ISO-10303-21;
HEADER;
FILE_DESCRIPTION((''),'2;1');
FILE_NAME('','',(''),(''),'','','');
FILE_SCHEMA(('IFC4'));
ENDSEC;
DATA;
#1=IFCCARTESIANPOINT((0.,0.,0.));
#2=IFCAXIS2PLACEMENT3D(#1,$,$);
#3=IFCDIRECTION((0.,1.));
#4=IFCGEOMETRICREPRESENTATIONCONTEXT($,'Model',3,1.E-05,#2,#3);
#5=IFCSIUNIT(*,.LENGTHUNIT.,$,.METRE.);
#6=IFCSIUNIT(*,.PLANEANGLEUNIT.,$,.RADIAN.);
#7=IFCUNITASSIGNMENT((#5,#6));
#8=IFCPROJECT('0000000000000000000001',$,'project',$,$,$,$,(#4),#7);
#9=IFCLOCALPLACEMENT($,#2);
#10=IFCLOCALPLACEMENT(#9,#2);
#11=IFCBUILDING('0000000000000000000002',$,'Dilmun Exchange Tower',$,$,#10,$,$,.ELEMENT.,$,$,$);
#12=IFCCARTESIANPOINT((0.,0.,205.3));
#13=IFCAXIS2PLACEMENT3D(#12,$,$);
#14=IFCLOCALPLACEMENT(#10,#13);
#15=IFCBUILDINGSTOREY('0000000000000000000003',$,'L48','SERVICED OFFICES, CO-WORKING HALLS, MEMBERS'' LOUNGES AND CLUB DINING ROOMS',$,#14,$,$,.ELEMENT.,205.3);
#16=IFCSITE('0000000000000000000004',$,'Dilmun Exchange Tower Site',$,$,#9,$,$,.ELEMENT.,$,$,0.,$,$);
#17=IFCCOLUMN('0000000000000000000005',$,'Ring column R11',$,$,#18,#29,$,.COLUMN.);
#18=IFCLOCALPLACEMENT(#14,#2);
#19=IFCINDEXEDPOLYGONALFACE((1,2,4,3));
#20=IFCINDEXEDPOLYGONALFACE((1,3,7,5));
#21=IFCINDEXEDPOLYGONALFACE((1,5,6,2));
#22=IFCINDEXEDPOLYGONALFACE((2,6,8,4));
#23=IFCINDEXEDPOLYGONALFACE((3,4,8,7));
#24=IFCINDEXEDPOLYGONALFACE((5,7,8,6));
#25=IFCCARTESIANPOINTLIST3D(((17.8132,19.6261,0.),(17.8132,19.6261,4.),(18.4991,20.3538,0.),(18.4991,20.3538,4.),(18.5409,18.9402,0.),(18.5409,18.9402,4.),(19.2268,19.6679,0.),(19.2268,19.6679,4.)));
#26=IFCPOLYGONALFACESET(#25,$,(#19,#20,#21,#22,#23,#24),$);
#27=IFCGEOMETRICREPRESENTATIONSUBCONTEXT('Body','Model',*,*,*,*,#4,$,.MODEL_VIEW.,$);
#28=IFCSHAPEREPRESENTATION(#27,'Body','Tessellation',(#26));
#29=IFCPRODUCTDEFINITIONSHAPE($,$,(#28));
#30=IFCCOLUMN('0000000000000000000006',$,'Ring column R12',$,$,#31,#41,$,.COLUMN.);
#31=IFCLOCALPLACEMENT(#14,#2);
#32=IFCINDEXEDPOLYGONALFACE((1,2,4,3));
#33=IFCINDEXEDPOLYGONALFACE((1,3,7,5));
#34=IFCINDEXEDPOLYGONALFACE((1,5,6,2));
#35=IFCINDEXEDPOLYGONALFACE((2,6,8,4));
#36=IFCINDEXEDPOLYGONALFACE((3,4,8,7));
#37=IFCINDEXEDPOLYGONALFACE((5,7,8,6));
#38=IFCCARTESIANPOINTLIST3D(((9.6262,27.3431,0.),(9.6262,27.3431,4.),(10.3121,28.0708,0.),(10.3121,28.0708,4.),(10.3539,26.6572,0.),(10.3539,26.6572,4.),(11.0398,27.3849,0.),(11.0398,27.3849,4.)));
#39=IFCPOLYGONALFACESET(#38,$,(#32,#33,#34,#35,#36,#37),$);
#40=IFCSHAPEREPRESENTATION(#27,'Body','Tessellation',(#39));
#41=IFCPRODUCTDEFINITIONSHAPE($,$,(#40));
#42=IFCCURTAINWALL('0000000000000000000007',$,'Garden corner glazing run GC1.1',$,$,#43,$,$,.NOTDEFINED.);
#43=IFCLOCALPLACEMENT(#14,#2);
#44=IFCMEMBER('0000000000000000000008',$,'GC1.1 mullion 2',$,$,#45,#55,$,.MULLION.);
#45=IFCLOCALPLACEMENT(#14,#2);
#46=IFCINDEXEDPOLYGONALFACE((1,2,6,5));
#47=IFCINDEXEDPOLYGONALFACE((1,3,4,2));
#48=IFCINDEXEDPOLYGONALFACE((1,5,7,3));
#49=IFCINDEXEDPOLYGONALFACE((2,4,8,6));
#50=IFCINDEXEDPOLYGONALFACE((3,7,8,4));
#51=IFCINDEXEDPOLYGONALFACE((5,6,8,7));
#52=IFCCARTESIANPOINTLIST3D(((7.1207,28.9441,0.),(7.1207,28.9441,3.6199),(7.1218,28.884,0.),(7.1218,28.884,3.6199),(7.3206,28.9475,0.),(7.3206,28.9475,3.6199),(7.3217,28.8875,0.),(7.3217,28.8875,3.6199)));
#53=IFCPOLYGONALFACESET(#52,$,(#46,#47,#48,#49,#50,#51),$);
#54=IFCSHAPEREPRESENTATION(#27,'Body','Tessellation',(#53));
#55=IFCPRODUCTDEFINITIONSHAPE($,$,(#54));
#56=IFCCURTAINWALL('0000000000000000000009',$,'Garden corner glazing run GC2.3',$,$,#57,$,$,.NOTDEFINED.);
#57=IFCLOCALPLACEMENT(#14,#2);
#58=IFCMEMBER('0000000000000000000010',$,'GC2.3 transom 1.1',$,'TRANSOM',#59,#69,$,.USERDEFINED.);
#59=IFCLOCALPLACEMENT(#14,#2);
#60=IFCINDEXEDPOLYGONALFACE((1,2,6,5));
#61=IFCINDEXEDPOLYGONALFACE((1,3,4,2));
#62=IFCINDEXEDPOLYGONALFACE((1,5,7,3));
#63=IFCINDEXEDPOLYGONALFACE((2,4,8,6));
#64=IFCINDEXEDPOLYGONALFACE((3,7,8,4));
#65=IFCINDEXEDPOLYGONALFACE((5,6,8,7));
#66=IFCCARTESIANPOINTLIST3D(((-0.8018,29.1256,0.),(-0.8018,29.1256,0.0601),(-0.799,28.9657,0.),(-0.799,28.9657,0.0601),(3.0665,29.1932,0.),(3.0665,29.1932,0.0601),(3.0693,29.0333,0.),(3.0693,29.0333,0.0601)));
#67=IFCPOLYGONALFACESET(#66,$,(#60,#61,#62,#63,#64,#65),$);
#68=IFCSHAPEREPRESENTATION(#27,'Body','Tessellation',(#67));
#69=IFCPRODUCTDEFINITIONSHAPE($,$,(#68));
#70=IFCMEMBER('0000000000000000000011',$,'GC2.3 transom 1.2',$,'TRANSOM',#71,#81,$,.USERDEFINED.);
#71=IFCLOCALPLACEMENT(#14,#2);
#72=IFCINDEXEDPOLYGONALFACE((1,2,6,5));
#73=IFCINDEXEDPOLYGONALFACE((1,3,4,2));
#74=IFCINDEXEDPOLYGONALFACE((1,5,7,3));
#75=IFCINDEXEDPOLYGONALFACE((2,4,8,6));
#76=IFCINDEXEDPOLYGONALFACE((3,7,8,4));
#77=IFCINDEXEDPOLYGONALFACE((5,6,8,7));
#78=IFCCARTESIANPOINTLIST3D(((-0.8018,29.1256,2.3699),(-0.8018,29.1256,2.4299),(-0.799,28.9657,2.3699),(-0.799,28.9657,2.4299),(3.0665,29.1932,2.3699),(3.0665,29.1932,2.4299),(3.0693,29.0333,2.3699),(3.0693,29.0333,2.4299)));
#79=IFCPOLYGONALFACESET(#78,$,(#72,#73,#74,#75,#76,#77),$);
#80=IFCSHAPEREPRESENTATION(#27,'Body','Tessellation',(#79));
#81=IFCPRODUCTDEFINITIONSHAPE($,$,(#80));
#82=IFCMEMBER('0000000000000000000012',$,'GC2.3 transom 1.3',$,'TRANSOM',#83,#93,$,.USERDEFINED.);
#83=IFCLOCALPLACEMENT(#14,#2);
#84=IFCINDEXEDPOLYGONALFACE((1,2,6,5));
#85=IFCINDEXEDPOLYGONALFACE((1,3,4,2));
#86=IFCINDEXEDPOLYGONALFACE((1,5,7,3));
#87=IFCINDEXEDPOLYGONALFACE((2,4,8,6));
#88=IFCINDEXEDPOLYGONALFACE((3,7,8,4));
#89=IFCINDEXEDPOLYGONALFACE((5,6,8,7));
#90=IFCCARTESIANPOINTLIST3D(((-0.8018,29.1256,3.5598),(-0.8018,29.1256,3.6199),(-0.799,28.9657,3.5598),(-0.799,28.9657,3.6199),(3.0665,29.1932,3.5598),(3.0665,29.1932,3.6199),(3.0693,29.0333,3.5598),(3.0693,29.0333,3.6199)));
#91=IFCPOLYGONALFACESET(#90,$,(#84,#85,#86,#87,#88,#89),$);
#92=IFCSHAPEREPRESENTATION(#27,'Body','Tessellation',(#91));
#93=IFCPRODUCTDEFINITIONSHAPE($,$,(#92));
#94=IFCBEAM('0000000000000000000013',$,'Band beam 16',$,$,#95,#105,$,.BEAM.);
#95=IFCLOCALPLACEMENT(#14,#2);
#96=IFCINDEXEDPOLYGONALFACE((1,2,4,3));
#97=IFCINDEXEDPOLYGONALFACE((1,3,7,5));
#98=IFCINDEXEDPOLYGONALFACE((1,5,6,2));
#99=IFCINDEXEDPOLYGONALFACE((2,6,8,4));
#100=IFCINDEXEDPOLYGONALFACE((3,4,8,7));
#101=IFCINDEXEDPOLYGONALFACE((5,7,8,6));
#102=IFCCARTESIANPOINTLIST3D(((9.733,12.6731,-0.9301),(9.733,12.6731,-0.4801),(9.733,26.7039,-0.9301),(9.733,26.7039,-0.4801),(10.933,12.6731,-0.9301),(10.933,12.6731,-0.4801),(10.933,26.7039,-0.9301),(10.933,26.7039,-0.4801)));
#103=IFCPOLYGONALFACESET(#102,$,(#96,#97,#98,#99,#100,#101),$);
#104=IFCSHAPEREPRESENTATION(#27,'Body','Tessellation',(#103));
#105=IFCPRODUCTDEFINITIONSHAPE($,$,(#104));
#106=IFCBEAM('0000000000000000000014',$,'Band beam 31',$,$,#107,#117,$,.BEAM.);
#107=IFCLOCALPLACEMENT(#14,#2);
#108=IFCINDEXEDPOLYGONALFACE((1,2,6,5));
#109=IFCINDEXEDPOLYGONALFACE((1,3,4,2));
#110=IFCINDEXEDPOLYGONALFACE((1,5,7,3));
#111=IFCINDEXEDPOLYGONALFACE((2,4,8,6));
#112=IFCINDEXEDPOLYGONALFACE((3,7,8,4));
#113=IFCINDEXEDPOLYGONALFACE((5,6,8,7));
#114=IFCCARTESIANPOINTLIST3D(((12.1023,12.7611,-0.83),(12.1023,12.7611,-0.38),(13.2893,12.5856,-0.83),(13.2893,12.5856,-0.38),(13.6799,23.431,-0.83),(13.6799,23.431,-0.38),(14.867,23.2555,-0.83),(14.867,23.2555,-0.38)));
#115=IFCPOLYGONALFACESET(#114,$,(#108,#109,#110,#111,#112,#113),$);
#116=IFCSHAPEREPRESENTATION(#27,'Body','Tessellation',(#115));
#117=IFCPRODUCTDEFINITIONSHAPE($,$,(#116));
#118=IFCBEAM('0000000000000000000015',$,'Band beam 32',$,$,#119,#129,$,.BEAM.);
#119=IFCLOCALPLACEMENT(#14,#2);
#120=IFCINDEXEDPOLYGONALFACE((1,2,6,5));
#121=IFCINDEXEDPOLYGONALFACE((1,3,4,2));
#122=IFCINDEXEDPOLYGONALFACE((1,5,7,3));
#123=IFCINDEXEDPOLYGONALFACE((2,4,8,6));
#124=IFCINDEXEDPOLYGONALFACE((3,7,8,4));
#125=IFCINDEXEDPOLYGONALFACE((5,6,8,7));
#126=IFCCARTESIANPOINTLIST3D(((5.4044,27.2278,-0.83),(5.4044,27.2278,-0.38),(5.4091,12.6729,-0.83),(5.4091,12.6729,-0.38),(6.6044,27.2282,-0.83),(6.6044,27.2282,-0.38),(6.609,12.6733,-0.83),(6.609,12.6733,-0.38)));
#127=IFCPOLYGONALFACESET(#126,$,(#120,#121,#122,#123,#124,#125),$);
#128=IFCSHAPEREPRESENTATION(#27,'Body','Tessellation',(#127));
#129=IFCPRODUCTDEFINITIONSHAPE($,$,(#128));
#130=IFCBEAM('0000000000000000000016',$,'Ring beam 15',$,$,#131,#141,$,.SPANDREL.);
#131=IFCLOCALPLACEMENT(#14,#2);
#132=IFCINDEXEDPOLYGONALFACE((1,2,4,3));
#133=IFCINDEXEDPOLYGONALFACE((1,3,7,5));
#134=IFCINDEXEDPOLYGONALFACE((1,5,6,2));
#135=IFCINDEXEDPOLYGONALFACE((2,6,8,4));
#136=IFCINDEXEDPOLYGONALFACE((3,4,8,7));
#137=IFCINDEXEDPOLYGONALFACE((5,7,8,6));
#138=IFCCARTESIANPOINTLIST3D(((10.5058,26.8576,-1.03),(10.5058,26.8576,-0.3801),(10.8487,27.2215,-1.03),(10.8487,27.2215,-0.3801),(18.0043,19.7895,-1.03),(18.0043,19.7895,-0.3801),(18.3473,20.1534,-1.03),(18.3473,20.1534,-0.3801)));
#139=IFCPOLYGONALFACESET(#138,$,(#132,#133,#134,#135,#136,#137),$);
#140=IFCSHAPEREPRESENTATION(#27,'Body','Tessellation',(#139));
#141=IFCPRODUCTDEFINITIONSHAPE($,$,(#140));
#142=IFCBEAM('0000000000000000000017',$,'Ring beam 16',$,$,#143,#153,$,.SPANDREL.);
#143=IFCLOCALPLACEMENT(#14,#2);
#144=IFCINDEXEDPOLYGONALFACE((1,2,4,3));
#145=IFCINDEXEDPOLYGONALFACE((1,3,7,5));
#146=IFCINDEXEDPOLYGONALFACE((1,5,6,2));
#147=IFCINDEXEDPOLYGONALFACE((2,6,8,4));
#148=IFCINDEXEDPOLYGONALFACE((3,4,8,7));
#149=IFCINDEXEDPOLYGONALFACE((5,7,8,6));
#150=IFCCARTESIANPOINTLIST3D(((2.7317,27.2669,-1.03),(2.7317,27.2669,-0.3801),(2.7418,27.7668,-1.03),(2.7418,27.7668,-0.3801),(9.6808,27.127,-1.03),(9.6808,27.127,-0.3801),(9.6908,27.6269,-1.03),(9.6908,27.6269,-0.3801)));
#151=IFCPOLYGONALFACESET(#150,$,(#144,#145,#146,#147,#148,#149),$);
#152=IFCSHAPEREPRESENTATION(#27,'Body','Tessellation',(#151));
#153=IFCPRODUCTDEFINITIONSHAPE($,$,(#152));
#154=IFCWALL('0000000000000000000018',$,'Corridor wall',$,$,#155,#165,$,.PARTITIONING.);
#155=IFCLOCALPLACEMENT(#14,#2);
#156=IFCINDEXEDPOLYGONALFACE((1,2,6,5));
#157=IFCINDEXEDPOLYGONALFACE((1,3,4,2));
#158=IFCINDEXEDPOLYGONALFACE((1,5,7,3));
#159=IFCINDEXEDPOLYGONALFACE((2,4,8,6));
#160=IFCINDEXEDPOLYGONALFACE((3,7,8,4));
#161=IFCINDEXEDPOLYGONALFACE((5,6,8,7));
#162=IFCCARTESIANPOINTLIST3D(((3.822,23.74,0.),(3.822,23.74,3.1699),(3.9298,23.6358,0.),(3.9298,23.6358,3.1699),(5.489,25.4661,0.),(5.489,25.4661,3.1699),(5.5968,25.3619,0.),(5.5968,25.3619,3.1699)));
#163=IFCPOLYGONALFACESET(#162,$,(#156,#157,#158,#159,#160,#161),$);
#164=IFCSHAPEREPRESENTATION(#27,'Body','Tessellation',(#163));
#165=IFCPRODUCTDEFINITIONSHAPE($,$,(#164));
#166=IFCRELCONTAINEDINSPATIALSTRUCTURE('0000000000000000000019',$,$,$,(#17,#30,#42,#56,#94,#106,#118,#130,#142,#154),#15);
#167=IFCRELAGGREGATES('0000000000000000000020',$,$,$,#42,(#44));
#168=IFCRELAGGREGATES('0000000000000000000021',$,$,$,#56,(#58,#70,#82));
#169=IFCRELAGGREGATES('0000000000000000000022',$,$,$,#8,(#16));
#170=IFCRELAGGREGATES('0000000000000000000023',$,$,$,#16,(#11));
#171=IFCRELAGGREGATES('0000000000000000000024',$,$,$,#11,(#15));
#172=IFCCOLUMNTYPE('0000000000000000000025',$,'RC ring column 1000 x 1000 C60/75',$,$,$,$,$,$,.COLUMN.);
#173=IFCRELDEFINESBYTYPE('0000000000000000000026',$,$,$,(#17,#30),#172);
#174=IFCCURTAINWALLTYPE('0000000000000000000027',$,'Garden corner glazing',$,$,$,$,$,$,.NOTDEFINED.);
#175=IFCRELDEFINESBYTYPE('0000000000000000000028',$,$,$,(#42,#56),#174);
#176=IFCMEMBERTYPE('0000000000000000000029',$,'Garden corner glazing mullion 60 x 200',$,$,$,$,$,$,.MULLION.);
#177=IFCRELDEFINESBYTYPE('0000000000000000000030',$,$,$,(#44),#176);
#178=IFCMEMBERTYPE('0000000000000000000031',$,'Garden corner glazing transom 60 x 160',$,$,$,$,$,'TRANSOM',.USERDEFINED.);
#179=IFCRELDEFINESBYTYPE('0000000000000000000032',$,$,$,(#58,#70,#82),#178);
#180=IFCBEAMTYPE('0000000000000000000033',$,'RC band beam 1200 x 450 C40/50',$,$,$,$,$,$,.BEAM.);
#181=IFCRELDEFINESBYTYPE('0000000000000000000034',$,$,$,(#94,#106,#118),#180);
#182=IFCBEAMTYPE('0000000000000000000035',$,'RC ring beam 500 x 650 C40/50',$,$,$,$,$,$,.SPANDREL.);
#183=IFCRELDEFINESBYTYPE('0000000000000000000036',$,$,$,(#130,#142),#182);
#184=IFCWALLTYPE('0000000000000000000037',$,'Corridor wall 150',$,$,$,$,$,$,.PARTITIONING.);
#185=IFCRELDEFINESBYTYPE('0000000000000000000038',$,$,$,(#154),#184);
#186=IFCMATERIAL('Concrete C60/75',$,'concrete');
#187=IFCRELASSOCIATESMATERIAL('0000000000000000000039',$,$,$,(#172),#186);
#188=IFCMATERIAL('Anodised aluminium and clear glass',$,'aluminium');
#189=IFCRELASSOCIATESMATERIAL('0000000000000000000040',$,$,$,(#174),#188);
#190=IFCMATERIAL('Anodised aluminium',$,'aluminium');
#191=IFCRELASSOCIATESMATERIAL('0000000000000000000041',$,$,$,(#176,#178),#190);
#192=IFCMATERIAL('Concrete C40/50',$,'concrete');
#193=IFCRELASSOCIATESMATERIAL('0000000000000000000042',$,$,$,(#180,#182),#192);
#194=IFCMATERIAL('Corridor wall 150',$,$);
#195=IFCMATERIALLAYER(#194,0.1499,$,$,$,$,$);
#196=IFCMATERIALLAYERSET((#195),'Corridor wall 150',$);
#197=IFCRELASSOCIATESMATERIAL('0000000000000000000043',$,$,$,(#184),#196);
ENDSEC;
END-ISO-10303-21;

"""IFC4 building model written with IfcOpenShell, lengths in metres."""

from ifc_helpers import new_model, si_unit, direction, frame, frame_2d, origin, origin_2d, place, context, subcontext, project, spatial, rectangle, extrude, material, layer, layer_set, material_profile, profile_set, type_object, element, aggregate, save


model = new_model("IFC4")

# Units and contexts
model_context = context("Model", 3, precision=1e-05, world=origin(), true_north=direction((0.0, 1.0)))
body_context = subcontext(model_context, "Body", "Model", "MODEL_VIEW")
ifc_project = project(units=[si_unit("LENGTHUNIT", "METRE"), si_unit("PLANEANGLEUNIT", "RADIAN")], contexts=[model_context])

# Site, building, storey
site_placement = place(None, origin())
site = spatial("IfcSite", under=ifc_project, at=site_placement, Name="Dilmun Exchange Tower Site", CompositionType="ELEMENT", RefElevation=0.0)
building_placement = place(site_placement, origin())
building = spatial("IfcBuilding", under=site, at=building_placement, Name="Dilmun Exchange Tower", CompositionType="ELEMENT")
storey_placement = place(building_placement, frame((0.0, 0.0, 205.3)))
storey = spatial("IfcBuildingStorey", under=building, at=storey_placement, Name="L48", Description="SERVICED OFFICES, CO-WORKING HALLS, MEMBERS' LOUNGES AND CLUB DINING ROOMS", CompositionType="ELEMENT", Elevation=205.3)

# Columns
ifc_material_1 = material(Name="Concrete C60/75", Category="concrete")
ifc_material_profile_1 = material_profile(ifc_material_1, rectangle(XDim=1.0, YDim=1.0, at=origin_2d()), Name="1000 x 1000")
ifc_profile_set_1 = profile_set([ifc_material_profile_1], Name="Concrete C60/75")
column_type = type_object("IfcColumnType", Name="RC ring column 1000 x 1000 C60/75", PredefinedType="COLUMN", material=ifc_profile_set_1)
for number, where, z_axis, x_axis, name in (
    (1, (18.52, 19.647, 0.0), (0.0, 0.0, 1.0), (0.685916, 0.727681, 0.0), "Ring column R11"),
    (2, (10.333, 27.364, 0.0), (0.0, 0.0, 1.0), (0.685916, 0.727681, 0.0), "Ring column R12"),
):
    element("IfcColumn", number, at=place(storey_placement, frame(where, z_axis=z_axis, x_axis=x_axis)), inside=storey, type_object=column_type, Name=name, PredefinedType="COLUMN", context=body_context, shape_type="SweptSolid", body=[
        extrude(rectangle(XDim=1.0, YDim=1.0, at=origin_2d()), origin(), (0.0, 0.0, 1.0), 4.0),
    ])

# Curtain wall, member
ifc_material_2 = material(Name="Anodised aluminium and clear glass", Category="aluminium")
curtain_wall_type = type_object("IfcCurtainWallType", Name="Garden corner glazing", PredefinedType="NOTDEFINED", material=ifc_material_2)
curtain_wall_1_placement = place(storey_placement, origin())
curtain_wall_1 = element("IfcCurtainWall", 3, at=curtain_wall_1_placement, inside=storey, type_object=curtain_wall_type, Name="Garden corner glazing run GC1.1", PredefinedType="NOTDEFINED")
ifc_material_3 = material(Name="Anodised aluminium", Category="aluminium")
ifc_material_profile_2 = material_profile(ifc_material_3, rectangle(XDim=0.2, YDim=0.0601, at=origin_2d()), Name="AL 60x200")
ifc_profile_set_2 = profile_set([ifc_material_profile_2], Name="Anodised aluminium")
member_type_1 = type_object("IfcMemberType", Name="Garden corner glazing mullion 60 x 200", PredefinedType="MULLION", material=ifc_profile_set_2)
member_1_placement = place(storey_placement, frame((7.2212, 28.9158, 0.0), z_axis=(0.0, 0.0, 1.0), x_axis=(0.999848, 0.01745, 0.0)))
member_1 = element("IfcMember", 4, at=member_1_placement, type_object=member_type_1, Name="GC1.1 mullion 2", PredefinedType="MULLION", context=body_context, shape_type="SweptSolid", body=[
    extrude(rectangle(XDim=0.2, YDim=0.0601, at=origin_2d()), origin(), (0.0, 0.0, 1.0), 3.6199),
])
aggregate(curtain_wall_1, [member_1])

# Curtain wall, members
curtain_wall_2_placement = place(storey_placement, origin())
curtain_wall_2 = element("IfcCurtainWall", 5, at=curtain_wall_2_placement, inside=storey, type_object=curtain_wall_type, Name="Garden corner glazing run GC2.3", PredefinedType="NOTDEFINED")
ifc_material_profile_3 = material_profile(ifc_material_3, rectangle(XDim=0.1599, YDim=0.0601, at=origin_2d()), Name="AL 60x160")
ifc_profile_set_3 = profile_set([ifc_material_profile_3], Name="Anodised aluminium")
member_type_2 = type_object("IfcMemberType", Name="Garden corner glazing transom 60 x 160", ElementType="TRANSOM", PredefinedType="USERDEFINED", material=ifc_profile_set_3)
member_2_placement = place(storey_placement, frame((3.0679, 29.1133, 0.03), z_axis=(-0.999847, -0.017479, 0.0), x_axis=(0.017479, -0.999847, 0.0)))
member_2 = element("IfcMember", 6, at=member_2_placement, type_object=member_type_2, Name="GC2.3 transom 1.1", ObjectType="TRANSOM", PredefinedType="USERDEFINED", context=body_context, shape_type="SweptSolid", body=[
    extrude(rectangle(XDim=0.1599, YDim=0.0601, at=origin_2d()), origin(), (0.0, 0.0, 1.0), 3.8689),
])
member_3_placement = place(storey_placement, frame((3.0679, 29.1133, 2.3999), z_axis=(-0.999847, -0.017479, 0.0), x_axis=(0.017479, -0.999847, 0.0)))
member_3 = element("IfcMember", 7, at=member_3_placement, type_object=member_type_2, Name="GC2.3 transom 1.2", ObjectType="TRANSOM", PredefinedType="USERDEFINED", context=body_context, shape_type="SweptSolid", body=[
    extrude(rectangle(XDim=0.1599, YDim=0.0601, at=origin_2d()), origin(), (0.0, 0.0, 1.0), 3.8689),
])
member_4_placement = place(storey_placement, frame((3.0679, 29.1133, 3.5898), z_axis=(-0.999847, -0.017479, 0.0), x_axis=(0.017479, -0.999847, 0.0)))
member_4 = element("IfcMember", 8, at=member_4_placement, type_object=member_type_2, Name="GC2.3 transom 1.3", ObjectType="TRANSOM", PredefinedType="USERDEFINED", context=body_context, shape_type="SweptSolid", body=[
    extrude(rectangle(XDim=0.1599, YDim=0.0601, at=origin_2d()), origin(), (0.0, 0.0, 1.0), 3.8689),
])
aggregate(curtain_wall_2, [member_2, member_3, member_4])

# Beams
ifc_material_4 = material(Name="Concrete C40/50", Category="concrete")
ifc_material_profile_4 = material_profile(ifc_material_4, rectangle(XDim=1.2, YDim=0.45, at=origin_2d()), Name="1200 x 450")
ifc_profile_set_4 = profile_set([ifc_material_profile_4], Name="Concrete C40/50")
beam_type_1 = type_object("IfcBeamType", Name="RC band beam 1200 x 450 C40/50", PredefinedType="BEAM", material=ifc_profile_set_4)
beam_1_placement = place(storey_placement, frame((10.333, 26.7039, -0.7051), z_axis=(0.0, -1.0, 0.0), x_axis=(1.0, 0.0, 0.0)))
element("IfcBeam", 9, at=beam_1_placement, inside=storey, type_object=beam_type_1, Name="Band beam 16", PredefinedType="BEAM", context=body_context, shape_type="SweptSolid", body=[
    extrude(rectangle(XDim=1.2, YDim=0.45, at=origin_2d()), origin(), (0.0, 0.0, 1.0), 14.0308),
])
beam_2_placement = place(storey_placement, frame((14.2734, 23.3433, -0.605), z_axis=(-0.146268, -0.989245, 0.0), x_axis=(0.989245, -0.146268, 0.0)))
element("IfcBeam", 10, at=beam_2_placement, inside=storey, type_object=beam_type_1, Name="Band beam 31", PredefinedType="BEAM", context=body_context, shape_type="SweptSolid", body=[
    extrude(rectangle(XDim=1.2, YDim=0.45, at=origin_2d()), origin(), (0.0, 0.0, 1.0), 10.7859),
])
beam_3_placement = place(storey_placement, frame((6.0044, 27.228, -0.605), z_axis=(0.000319, -1.0, 0.0), x_axis=(1.0, 0.000319, 0.0)))
element("IfcBeam", 11, at=beam_3_placement, inside=storey, type_object=beam_type_1, Name="Band beam 32", PredefinedType="BEAM", context=body_context, shape_type="SweptSolid", body=[
    extrude(rectangle(XDim=1.2, YDim=0.45, at=origin_2d()), origin(), (0.0, 0.0, 1.0), 14.5549),
])
ifc_material_profile_5 = material_profile(ifc_material_4, rectangle(XDim=0.5, YDim=0.6499, at=origin_2d()), Name="500 x 650")
ifc_profile_set_5 = profile_set([ifc_material_profile_5], Name="Concrete C40/50")
beam_type_2 = type_object("IfcBeamType", Name="RC ring beam 500 x 650 C40/50", PredefinedType="SPANDREL", material=ifc_profile_set_5)
beam_4_placement = place(storey_placement, frame((18.1758, 19.9714, -0.7051), z_axis=(-0.727683, 0.685914, 0.0), x_axis=(-0.685914, -0.727683, 0.0)))
element("IfcBeam", 12, at=beam_4_placement, inside=storey, type_object=beam_type_2, Name="Ring beam 15", PredefinedType="SPANDREL", context=body_context, shape_type="SweptSolid", body=[
    extrude(rectangle(XDim=0.5, YDim=0.6499, at=origin_2d()), origin(), (0.0, 0.0, 1.0), 10.3047),
])
beam_5_placement = place(storey_placement, frame((9.6858, 27.377, -0.7051), z_axis=(-0.999797, 0.020127, 0.0), x_axis=(-0.020127, -0.999797, 0.0)))
element("IfcBeam", 13, at=beam_5_placement, inside=storey, type_object=beam_type_2, Name="Ring beam 16", PredefinedType="SPANDREL", context=body_context, shape_type="SweptSolid", body=[
    extrude(rectangle(XDim=0.5, YDim=0.6499, at=origin_2d()), origin(), (0.0, 0.0, 1.0), 6.9504),
])

# Wall
ifc_material_5 = material(Name="Corridor wall 150")
ifc_layer_1 = layer(ifc_material_5, 0.1499)
ifc_layer_set_1 = layer_set([ifc_layer_1], Name="Corridor wall 150")
wall_type_1 = type_object("IfcWallType", Name="Corridor wall 150", PredefinedType="PARTITIONING", material=ifc_layer_set_1)
wall_1_placement = place(storey_placement, frame((3.876, 23.688, 0.0), z_axis=(0.0, 0.0, 1.0), x_axis=(0.694689, 0.71931, 0.0)))
element("IfcWall", 14, at=wall_1_placement, inside=storey, type_object=wall_type_1, Name="Corridor wall", PredefinedType="PARTITIONING", context=body_context, shape_type="SweptSolid", body=[
    extrude(rectangle(XDim=2.3997, YDim=0.1499, at=frame_2d((1.1997, 0.0))), origin(), (0.0, 0.0, 1.0), 3.1699),
])

save(model, "model.ifc")
